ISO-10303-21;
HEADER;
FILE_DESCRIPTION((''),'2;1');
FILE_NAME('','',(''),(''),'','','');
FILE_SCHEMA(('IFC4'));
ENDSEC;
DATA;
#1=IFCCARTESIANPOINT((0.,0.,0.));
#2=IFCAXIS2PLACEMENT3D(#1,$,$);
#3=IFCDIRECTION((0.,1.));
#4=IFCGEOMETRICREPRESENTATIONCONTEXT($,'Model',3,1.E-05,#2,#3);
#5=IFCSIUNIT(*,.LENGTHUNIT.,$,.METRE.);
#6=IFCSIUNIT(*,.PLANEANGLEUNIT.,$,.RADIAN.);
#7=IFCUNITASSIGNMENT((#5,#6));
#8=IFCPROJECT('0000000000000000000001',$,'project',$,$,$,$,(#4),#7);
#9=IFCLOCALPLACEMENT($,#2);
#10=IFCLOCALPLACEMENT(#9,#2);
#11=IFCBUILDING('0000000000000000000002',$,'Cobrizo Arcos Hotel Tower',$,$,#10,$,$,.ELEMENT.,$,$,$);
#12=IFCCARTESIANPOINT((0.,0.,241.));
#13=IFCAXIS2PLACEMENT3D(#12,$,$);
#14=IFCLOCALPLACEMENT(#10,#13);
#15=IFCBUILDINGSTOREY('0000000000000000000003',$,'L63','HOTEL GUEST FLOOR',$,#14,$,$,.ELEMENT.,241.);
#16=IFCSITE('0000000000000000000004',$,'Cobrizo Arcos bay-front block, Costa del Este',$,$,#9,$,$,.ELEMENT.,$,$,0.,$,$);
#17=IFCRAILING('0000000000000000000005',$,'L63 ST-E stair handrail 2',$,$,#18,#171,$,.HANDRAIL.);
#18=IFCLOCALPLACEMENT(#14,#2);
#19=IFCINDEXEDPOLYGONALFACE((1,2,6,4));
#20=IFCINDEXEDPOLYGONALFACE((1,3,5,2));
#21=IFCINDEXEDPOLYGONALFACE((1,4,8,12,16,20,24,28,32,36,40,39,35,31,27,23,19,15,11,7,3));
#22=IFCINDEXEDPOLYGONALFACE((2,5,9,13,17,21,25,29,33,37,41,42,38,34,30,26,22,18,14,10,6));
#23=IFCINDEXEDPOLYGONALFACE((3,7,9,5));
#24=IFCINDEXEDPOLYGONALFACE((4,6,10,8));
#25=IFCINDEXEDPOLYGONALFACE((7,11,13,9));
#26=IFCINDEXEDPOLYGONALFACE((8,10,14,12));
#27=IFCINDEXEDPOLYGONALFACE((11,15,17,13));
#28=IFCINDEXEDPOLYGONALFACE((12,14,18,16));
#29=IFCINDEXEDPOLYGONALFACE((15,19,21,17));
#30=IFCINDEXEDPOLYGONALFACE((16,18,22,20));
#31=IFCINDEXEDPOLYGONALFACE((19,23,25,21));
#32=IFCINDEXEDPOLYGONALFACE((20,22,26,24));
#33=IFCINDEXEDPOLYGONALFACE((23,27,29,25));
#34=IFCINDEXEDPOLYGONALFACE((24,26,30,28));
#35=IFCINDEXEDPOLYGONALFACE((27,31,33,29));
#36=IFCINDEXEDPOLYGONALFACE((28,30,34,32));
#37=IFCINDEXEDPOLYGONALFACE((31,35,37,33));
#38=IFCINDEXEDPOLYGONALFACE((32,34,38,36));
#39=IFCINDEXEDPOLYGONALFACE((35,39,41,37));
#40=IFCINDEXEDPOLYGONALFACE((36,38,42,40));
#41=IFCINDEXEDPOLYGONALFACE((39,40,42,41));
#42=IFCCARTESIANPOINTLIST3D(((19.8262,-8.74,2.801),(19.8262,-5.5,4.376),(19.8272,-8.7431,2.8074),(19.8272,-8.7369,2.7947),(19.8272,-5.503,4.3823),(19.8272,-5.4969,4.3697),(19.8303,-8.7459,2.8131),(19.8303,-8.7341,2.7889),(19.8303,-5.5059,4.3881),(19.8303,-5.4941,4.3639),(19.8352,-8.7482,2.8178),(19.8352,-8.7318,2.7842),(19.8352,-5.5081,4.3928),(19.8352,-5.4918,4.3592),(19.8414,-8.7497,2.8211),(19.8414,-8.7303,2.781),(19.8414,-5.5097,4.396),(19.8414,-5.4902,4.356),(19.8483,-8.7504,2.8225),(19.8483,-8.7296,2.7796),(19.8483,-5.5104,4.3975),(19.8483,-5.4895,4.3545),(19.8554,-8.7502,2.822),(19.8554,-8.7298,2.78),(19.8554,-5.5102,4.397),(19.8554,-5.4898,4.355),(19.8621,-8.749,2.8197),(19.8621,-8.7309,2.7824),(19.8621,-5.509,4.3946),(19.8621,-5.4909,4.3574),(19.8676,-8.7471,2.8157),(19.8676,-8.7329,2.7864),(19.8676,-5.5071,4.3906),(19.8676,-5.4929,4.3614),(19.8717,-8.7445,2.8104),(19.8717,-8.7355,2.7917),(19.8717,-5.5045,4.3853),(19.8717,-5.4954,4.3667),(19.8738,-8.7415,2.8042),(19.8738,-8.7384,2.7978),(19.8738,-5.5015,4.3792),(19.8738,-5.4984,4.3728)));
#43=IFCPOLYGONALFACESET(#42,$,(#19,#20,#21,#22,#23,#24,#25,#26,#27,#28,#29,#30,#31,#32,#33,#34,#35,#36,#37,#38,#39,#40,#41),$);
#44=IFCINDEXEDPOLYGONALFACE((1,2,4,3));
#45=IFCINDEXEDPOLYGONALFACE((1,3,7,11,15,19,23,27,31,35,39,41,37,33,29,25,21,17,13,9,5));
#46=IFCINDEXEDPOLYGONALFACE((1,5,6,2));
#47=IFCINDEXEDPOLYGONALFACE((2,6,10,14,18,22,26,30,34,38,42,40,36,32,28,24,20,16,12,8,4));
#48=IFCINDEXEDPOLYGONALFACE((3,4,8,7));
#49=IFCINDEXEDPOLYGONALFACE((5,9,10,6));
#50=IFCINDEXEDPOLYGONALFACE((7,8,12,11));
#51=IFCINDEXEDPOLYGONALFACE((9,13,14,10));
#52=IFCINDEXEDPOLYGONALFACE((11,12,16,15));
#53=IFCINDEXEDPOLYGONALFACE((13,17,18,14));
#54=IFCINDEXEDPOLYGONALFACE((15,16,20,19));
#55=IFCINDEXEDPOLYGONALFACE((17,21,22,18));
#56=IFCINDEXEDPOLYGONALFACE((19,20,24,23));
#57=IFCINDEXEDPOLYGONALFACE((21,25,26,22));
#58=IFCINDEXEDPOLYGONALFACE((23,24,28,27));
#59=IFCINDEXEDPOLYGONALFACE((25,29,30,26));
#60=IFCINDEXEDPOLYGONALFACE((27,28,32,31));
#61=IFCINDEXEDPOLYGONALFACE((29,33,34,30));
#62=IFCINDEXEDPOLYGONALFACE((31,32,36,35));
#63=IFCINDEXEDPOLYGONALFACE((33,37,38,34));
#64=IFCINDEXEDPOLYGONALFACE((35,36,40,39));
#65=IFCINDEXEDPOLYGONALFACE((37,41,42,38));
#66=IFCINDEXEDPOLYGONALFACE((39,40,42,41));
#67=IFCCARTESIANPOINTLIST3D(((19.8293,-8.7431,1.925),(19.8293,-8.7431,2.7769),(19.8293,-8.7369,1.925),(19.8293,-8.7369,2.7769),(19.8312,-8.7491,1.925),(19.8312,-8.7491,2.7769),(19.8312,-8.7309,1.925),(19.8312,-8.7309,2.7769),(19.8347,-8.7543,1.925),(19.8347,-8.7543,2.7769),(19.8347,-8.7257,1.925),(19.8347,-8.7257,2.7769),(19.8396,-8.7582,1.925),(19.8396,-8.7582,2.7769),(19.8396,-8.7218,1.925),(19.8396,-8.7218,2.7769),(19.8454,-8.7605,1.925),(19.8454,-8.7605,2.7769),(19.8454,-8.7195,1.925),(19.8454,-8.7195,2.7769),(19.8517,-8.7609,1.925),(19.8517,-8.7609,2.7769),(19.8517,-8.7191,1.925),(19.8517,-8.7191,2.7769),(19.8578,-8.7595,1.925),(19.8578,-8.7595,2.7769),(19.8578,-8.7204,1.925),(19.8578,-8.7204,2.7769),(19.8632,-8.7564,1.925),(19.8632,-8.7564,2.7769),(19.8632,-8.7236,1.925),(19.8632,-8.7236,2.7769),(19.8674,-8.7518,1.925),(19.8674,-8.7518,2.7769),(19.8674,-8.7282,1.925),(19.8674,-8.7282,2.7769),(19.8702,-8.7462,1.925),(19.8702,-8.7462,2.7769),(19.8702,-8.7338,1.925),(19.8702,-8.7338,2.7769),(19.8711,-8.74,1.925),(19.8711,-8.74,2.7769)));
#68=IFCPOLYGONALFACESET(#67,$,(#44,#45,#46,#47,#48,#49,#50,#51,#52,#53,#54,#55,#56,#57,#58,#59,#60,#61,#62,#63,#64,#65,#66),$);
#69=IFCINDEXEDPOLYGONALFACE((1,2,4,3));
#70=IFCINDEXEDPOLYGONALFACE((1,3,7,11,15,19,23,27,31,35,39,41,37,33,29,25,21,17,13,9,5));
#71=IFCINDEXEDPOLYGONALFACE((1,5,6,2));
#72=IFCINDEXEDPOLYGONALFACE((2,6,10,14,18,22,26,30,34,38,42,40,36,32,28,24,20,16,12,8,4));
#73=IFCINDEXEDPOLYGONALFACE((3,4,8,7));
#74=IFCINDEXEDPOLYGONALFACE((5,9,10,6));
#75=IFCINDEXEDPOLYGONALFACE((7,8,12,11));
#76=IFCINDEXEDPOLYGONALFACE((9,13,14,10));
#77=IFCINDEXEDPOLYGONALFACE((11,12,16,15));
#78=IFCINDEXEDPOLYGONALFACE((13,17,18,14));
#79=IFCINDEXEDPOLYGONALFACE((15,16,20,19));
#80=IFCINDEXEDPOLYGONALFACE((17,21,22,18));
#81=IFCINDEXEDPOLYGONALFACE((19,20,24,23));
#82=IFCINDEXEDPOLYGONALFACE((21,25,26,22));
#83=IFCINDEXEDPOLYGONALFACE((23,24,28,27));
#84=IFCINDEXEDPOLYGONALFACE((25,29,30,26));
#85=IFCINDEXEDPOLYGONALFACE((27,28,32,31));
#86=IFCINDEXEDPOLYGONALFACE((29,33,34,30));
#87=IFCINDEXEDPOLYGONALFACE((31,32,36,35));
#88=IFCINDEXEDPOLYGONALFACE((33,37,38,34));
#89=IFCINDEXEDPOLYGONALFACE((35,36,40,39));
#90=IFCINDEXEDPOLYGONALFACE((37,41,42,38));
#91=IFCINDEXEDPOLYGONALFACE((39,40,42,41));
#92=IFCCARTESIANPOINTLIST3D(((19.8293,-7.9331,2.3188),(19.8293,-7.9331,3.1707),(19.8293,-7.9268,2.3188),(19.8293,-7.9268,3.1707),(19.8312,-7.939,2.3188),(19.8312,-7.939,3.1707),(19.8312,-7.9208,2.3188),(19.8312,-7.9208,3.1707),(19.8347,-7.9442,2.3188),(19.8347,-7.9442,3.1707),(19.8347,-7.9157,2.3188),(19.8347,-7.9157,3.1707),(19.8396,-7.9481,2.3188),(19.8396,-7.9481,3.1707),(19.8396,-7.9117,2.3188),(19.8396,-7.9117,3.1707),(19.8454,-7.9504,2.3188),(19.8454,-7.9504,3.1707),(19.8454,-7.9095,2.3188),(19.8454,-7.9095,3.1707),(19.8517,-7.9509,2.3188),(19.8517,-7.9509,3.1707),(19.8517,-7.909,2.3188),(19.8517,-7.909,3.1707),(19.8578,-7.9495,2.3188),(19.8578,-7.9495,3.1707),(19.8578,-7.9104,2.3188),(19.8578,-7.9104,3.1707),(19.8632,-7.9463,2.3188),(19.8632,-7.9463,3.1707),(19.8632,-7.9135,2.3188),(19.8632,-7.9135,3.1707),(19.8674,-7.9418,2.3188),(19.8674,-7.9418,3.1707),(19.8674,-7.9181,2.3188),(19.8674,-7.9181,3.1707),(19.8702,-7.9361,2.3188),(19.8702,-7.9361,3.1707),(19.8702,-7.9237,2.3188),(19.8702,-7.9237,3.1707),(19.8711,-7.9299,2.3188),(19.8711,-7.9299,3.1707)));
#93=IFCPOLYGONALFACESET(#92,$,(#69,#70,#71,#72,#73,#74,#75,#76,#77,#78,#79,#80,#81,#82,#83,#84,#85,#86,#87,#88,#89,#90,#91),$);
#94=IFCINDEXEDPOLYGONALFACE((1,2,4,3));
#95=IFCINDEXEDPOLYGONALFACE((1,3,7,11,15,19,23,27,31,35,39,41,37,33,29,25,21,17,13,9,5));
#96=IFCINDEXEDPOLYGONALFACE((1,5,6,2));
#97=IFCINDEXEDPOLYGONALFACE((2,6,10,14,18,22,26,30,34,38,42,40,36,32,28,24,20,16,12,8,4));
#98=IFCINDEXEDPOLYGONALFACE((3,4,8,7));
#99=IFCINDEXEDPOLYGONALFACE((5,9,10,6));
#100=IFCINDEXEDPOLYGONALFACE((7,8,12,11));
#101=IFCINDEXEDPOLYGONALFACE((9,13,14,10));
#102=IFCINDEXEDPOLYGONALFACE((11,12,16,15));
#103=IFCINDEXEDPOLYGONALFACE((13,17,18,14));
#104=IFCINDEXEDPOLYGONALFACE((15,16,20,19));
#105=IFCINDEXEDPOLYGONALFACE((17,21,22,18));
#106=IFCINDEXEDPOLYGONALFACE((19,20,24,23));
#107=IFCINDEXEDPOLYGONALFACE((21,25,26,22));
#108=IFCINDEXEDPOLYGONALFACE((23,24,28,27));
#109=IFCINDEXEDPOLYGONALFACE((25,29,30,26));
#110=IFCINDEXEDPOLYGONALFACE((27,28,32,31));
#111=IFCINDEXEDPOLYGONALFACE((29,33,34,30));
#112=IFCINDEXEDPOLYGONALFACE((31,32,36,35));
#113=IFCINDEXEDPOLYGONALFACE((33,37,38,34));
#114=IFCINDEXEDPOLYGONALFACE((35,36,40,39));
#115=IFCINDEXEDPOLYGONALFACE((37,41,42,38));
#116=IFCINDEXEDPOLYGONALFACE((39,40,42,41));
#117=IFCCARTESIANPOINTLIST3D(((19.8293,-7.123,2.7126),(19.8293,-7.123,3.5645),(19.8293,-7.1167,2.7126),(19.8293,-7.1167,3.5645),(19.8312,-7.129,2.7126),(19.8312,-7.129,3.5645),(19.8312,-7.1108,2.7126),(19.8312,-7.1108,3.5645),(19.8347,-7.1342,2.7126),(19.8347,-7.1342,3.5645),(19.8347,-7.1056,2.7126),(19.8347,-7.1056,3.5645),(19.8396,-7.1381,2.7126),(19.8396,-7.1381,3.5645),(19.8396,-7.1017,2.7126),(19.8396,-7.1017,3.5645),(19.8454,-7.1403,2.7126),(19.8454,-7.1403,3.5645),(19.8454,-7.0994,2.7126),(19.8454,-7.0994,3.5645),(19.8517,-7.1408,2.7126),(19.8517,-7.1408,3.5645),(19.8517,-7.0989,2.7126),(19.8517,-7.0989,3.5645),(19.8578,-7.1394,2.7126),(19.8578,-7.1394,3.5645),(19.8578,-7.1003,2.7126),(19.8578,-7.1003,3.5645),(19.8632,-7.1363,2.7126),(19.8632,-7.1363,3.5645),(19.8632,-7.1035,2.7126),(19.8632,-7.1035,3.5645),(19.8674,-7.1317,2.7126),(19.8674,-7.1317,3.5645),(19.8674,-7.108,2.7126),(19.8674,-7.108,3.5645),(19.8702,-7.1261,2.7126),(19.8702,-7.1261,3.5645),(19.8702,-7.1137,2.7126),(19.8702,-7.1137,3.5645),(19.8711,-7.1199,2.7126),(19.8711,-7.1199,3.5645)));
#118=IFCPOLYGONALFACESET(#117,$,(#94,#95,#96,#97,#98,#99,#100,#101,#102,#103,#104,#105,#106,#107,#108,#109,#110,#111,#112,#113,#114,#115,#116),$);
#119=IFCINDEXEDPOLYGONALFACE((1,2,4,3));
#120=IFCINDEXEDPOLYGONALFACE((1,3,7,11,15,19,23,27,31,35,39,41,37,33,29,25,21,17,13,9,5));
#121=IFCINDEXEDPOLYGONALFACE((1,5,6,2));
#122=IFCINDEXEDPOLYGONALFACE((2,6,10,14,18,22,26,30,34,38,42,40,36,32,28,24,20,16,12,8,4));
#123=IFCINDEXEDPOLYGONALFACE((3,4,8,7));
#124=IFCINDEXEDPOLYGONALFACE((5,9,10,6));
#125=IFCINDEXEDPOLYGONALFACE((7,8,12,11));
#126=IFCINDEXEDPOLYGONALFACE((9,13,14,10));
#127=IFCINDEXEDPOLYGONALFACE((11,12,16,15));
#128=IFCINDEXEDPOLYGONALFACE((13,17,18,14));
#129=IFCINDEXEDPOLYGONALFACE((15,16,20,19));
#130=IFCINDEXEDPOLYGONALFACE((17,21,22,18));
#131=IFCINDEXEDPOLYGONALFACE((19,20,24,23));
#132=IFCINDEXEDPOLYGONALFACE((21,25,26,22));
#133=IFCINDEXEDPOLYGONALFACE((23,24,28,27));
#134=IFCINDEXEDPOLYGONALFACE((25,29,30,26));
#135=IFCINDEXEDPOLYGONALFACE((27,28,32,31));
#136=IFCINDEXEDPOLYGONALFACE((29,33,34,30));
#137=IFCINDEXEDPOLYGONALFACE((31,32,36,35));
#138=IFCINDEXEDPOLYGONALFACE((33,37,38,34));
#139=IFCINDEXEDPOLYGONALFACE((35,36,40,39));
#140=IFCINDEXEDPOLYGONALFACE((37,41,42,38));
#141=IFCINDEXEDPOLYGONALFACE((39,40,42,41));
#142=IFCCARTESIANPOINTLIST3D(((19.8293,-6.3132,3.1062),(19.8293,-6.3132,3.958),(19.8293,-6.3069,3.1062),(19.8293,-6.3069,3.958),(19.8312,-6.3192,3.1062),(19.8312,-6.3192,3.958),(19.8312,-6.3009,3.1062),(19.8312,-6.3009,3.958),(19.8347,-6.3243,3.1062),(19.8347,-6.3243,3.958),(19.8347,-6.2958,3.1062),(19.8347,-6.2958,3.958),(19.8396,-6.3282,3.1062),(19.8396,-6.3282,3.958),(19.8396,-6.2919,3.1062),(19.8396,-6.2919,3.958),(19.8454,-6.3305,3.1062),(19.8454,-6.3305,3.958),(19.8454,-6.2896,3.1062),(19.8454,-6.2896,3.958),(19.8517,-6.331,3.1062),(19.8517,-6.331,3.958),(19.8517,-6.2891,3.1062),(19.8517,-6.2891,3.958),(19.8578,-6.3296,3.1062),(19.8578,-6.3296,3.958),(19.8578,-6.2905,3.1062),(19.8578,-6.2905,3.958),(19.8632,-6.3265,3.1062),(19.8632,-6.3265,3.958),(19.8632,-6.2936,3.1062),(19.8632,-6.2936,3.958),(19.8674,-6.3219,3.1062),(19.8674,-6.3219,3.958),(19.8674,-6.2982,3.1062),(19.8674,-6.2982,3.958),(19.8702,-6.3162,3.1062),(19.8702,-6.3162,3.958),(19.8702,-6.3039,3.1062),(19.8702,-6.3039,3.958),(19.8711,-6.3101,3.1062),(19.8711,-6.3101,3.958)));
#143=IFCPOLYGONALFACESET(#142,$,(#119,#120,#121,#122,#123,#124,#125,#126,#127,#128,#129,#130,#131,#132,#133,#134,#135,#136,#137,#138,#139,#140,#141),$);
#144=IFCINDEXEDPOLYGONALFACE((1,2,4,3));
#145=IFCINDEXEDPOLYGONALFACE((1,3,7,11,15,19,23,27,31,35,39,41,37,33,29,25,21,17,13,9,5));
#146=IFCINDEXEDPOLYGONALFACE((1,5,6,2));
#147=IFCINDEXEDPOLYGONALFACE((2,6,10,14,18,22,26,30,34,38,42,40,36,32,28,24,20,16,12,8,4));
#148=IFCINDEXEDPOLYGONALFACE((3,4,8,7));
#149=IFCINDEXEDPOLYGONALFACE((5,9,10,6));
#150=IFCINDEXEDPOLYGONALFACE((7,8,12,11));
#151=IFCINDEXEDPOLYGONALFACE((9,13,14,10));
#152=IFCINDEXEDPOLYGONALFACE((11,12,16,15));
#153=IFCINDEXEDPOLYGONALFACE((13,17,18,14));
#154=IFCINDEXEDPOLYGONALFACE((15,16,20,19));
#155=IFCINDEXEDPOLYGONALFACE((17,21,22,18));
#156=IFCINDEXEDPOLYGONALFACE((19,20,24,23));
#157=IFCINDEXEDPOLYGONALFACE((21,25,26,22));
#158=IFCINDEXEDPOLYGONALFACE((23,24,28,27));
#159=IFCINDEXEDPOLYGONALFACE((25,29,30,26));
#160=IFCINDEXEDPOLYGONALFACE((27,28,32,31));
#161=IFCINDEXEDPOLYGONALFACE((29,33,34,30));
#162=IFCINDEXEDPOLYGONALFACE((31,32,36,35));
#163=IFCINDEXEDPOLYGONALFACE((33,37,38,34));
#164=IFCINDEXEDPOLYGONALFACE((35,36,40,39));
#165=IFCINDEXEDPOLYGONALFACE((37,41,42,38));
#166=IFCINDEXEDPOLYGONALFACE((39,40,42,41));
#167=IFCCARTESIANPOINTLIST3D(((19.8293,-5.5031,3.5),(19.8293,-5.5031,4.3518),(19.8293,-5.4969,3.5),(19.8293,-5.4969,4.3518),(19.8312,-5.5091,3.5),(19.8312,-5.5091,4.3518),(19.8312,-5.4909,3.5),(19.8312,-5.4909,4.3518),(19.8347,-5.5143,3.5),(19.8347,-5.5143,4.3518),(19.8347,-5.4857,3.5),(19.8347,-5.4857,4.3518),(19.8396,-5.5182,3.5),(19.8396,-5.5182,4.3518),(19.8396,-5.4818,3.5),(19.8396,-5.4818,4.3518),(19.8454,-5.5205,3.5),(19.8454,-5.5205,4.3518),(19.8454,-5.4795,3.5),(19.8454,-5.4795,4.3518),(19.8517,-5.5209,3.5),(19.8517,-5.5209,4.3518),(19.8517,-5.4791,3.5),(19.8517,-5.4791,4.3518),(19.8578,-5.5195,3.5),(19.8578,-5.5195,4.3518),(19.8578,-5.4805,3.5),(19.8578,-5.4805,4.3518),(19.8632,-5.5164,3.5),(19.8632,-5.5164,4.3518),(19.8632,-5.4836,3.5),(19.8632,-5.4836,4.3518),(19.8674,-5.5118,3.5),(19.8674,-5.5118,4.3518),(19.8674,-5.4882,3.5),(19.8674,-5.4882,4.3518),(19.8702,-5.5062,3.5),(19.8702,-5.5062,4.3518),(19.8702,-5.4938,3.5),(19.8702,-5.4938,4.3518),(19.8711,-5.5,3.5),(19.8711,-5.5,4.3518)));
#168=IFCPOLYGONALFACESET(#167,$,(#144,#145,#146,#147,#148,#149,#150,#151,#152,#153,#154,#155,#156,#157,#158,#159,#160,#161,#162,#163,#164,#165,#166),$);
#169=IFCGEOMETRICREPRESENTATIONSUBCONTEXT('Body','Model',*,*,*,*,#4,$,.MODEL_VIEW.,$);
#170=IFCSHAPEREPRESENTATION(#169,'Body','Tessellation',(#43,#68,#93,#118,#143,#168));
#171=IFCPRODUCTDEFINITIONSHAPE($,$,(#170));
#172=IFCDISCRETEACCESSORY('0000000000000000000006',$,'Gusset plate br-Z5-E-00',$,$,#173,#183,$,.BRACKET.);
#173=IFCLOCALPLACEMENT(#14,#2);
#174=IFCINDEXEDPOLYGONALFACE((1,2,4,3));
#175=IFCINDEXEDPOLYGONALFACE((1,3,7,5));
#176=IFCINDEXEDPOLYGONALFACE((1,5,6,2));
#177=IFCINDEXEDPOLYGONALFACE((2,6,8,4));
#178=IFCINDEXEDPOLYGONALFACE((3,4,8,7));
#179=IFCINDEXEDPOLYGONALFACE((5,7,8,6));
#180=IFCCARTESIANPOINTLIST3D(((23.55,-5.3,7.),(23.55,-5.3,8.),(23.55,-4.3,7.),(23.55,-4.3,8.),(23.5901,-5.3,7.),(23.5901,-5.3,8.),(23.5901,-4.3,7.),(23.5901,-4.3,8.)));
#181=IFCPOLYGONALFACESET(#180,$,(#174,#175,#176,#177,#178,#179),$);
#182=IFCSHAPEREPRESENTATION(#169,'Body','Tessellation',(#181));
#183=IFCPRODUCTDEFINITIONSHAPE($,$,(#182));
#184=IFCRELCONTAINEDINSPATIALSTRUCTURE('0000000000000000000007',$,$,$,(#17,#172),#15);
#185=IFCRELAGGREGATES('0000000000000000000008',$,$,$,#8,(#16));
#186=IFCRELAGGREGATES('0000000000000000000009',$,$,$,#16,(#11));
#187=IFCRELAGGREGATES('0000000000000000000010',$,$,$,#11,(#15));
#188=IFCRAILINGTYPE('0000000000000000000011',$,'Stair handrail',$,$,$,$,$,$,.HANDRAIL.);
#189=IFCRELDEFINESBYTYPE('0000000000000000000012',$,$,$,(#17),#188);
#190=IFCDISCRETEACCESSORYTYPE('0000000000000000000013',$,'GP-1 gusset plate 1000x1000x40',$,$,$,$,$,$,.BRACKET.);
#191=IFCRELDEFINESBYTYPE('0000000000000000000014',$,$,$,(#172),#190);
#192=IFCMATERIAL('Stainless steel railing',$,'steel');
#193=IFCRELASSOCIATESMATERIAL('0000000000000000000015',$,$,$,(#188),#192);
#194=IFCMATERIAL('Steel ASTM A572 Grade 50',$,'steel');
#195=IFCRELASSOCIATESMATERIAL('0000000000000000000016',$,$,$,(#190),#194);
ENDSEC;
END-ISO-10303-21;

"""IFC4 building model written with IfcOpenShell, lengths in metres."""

from ifc_helpers import new_model, si_unit, direction, frame, origin, origin_2d, place, context, subcontext, project, spatial, rectangle, circle, extrude, material, type_object, element, save


model = new_model("IFC4")

# Units and contexts
model_context = context("Model", 3, precision=1e-05, world=origin(), true_north=direction((0.0, 1.0)))
body_context = subcontext(model_context, "Body", "Model", "MODEL_VIEW")
ifc_project = project(units=[si_unit("LENGTHUNIT", "METRE"), si_unit("PLANEANGLEUNIT", "RADIAN")], contexts=[model_context])

# Site, building, storey
site_placement = place(None, origin())
site = spatial("IfcSite", under=ifc_project, at=site_placement, Name="Cobrizo Arcos bay-front block, Costa del Este", CompositionType="ELEMENT", RefElevation=0.0)
building_placement = place(site_placement, origin())
building = spatial("IfcBuilding", under=site, at=building_placement, Name="Cobrizo Arcos Hotel Tower", CompositionType="ELEMENT")
storey_placement = place(building_placement, frame((0.0, 0.0, 241.0)))
storey = spatial("IfcBuildingStorey", under=building, at=storey_placement, Name="L63", Description="HOTEL GUEST FLOOR", CompositionType="ELEMENT", Elevation=241.0)

# Railing
ifc_material_1 = material(Name="Stainless steel railing", Category="steel")
railing_type_1 = type_object("IfcRailingType", Name="Stair handrail", PredefinedType="HANDRAIL", material=ifc_material_1)
railing_1_placement = place(storey_placement, frame((19.8501, -8.74, 1.925)))
element("IfcRailing", 1, at=railing_1_placement, inside=storey, type_object=railing_type_1, Name="L63 ST-E stair handrail 2", PredefinedType="HANDRAIL", context=body_context, shape_type="SweptSolid", body=[
    extrude(circle(Radius=0.0239, at=origin_2d()), frame((0.0, 0.0, 0.876), z_axis=(0.0, 0.899373, 0.437183), x_axis=(-1.0, 0.0, 0.0)), (0.0, 0.0, 1.0), 3.6025),
    extrude(circle(Radius=0.021, at=origin_2d()), origin(), (0.0, 0.0, 1.0), 0.8518),
    extrude(circle(Radius=0.021, at=origin_2d()), frame((0.0, 0.8101, 0.3938)), (0.0, 0.0, 1.0), 0.8518),
    extrude(circle(Radius=0.021, at=origin_2d()), frame((0.0, 1.6201, 0.7876)), (0.0, 0.0, 1.0), 0.8518),
    extrude(circle(Radius=0.021, at=origin_2d()), frame((0.0, 2.4299, 1.1812)), (0.0, 0.0, 1.0), 0.8518),
    extrude(circle(Radius=0.021, at=origin_2d()), frame((0.0, 3.24, 1.575)), (0.0, 0.0, 1.0), 0.8518),
])

# Discrete accessory
ifc_material_2 = material(Name="Steel ASTM A572 Grade 50", Category="steel")
discrete_accessory_type = type_object("IfcDiscreteAccessoryType", Name="GP-1 gusset plate 1000x1000x40", PredefinedType="BRACKET", material=ifc_material_2)
discrete_accessory_placement = place(storey_placement, frame((23.5701, -4.8, 7.0), z_axis=(0.0, 0.0, 1.0), x_axis=(1.0, 0.0, 0.0)))
element("IfcDiscreteAccessory", 2, at=discrete_accessory_placement, inside=storey, type_object=discrete_accessory_type, Name="Gusset plate br-Z5-E-00", PredefinedType="BRACKET", context=body_context, shape_type="SweptSolid", body=[
    extrude(rectangle(XDim=0.04, YDim=1.0, at=origin_2d()), origin(), (0.0, 0.0, 1.0), 1.0),
])

save(model, "model.ifc")
